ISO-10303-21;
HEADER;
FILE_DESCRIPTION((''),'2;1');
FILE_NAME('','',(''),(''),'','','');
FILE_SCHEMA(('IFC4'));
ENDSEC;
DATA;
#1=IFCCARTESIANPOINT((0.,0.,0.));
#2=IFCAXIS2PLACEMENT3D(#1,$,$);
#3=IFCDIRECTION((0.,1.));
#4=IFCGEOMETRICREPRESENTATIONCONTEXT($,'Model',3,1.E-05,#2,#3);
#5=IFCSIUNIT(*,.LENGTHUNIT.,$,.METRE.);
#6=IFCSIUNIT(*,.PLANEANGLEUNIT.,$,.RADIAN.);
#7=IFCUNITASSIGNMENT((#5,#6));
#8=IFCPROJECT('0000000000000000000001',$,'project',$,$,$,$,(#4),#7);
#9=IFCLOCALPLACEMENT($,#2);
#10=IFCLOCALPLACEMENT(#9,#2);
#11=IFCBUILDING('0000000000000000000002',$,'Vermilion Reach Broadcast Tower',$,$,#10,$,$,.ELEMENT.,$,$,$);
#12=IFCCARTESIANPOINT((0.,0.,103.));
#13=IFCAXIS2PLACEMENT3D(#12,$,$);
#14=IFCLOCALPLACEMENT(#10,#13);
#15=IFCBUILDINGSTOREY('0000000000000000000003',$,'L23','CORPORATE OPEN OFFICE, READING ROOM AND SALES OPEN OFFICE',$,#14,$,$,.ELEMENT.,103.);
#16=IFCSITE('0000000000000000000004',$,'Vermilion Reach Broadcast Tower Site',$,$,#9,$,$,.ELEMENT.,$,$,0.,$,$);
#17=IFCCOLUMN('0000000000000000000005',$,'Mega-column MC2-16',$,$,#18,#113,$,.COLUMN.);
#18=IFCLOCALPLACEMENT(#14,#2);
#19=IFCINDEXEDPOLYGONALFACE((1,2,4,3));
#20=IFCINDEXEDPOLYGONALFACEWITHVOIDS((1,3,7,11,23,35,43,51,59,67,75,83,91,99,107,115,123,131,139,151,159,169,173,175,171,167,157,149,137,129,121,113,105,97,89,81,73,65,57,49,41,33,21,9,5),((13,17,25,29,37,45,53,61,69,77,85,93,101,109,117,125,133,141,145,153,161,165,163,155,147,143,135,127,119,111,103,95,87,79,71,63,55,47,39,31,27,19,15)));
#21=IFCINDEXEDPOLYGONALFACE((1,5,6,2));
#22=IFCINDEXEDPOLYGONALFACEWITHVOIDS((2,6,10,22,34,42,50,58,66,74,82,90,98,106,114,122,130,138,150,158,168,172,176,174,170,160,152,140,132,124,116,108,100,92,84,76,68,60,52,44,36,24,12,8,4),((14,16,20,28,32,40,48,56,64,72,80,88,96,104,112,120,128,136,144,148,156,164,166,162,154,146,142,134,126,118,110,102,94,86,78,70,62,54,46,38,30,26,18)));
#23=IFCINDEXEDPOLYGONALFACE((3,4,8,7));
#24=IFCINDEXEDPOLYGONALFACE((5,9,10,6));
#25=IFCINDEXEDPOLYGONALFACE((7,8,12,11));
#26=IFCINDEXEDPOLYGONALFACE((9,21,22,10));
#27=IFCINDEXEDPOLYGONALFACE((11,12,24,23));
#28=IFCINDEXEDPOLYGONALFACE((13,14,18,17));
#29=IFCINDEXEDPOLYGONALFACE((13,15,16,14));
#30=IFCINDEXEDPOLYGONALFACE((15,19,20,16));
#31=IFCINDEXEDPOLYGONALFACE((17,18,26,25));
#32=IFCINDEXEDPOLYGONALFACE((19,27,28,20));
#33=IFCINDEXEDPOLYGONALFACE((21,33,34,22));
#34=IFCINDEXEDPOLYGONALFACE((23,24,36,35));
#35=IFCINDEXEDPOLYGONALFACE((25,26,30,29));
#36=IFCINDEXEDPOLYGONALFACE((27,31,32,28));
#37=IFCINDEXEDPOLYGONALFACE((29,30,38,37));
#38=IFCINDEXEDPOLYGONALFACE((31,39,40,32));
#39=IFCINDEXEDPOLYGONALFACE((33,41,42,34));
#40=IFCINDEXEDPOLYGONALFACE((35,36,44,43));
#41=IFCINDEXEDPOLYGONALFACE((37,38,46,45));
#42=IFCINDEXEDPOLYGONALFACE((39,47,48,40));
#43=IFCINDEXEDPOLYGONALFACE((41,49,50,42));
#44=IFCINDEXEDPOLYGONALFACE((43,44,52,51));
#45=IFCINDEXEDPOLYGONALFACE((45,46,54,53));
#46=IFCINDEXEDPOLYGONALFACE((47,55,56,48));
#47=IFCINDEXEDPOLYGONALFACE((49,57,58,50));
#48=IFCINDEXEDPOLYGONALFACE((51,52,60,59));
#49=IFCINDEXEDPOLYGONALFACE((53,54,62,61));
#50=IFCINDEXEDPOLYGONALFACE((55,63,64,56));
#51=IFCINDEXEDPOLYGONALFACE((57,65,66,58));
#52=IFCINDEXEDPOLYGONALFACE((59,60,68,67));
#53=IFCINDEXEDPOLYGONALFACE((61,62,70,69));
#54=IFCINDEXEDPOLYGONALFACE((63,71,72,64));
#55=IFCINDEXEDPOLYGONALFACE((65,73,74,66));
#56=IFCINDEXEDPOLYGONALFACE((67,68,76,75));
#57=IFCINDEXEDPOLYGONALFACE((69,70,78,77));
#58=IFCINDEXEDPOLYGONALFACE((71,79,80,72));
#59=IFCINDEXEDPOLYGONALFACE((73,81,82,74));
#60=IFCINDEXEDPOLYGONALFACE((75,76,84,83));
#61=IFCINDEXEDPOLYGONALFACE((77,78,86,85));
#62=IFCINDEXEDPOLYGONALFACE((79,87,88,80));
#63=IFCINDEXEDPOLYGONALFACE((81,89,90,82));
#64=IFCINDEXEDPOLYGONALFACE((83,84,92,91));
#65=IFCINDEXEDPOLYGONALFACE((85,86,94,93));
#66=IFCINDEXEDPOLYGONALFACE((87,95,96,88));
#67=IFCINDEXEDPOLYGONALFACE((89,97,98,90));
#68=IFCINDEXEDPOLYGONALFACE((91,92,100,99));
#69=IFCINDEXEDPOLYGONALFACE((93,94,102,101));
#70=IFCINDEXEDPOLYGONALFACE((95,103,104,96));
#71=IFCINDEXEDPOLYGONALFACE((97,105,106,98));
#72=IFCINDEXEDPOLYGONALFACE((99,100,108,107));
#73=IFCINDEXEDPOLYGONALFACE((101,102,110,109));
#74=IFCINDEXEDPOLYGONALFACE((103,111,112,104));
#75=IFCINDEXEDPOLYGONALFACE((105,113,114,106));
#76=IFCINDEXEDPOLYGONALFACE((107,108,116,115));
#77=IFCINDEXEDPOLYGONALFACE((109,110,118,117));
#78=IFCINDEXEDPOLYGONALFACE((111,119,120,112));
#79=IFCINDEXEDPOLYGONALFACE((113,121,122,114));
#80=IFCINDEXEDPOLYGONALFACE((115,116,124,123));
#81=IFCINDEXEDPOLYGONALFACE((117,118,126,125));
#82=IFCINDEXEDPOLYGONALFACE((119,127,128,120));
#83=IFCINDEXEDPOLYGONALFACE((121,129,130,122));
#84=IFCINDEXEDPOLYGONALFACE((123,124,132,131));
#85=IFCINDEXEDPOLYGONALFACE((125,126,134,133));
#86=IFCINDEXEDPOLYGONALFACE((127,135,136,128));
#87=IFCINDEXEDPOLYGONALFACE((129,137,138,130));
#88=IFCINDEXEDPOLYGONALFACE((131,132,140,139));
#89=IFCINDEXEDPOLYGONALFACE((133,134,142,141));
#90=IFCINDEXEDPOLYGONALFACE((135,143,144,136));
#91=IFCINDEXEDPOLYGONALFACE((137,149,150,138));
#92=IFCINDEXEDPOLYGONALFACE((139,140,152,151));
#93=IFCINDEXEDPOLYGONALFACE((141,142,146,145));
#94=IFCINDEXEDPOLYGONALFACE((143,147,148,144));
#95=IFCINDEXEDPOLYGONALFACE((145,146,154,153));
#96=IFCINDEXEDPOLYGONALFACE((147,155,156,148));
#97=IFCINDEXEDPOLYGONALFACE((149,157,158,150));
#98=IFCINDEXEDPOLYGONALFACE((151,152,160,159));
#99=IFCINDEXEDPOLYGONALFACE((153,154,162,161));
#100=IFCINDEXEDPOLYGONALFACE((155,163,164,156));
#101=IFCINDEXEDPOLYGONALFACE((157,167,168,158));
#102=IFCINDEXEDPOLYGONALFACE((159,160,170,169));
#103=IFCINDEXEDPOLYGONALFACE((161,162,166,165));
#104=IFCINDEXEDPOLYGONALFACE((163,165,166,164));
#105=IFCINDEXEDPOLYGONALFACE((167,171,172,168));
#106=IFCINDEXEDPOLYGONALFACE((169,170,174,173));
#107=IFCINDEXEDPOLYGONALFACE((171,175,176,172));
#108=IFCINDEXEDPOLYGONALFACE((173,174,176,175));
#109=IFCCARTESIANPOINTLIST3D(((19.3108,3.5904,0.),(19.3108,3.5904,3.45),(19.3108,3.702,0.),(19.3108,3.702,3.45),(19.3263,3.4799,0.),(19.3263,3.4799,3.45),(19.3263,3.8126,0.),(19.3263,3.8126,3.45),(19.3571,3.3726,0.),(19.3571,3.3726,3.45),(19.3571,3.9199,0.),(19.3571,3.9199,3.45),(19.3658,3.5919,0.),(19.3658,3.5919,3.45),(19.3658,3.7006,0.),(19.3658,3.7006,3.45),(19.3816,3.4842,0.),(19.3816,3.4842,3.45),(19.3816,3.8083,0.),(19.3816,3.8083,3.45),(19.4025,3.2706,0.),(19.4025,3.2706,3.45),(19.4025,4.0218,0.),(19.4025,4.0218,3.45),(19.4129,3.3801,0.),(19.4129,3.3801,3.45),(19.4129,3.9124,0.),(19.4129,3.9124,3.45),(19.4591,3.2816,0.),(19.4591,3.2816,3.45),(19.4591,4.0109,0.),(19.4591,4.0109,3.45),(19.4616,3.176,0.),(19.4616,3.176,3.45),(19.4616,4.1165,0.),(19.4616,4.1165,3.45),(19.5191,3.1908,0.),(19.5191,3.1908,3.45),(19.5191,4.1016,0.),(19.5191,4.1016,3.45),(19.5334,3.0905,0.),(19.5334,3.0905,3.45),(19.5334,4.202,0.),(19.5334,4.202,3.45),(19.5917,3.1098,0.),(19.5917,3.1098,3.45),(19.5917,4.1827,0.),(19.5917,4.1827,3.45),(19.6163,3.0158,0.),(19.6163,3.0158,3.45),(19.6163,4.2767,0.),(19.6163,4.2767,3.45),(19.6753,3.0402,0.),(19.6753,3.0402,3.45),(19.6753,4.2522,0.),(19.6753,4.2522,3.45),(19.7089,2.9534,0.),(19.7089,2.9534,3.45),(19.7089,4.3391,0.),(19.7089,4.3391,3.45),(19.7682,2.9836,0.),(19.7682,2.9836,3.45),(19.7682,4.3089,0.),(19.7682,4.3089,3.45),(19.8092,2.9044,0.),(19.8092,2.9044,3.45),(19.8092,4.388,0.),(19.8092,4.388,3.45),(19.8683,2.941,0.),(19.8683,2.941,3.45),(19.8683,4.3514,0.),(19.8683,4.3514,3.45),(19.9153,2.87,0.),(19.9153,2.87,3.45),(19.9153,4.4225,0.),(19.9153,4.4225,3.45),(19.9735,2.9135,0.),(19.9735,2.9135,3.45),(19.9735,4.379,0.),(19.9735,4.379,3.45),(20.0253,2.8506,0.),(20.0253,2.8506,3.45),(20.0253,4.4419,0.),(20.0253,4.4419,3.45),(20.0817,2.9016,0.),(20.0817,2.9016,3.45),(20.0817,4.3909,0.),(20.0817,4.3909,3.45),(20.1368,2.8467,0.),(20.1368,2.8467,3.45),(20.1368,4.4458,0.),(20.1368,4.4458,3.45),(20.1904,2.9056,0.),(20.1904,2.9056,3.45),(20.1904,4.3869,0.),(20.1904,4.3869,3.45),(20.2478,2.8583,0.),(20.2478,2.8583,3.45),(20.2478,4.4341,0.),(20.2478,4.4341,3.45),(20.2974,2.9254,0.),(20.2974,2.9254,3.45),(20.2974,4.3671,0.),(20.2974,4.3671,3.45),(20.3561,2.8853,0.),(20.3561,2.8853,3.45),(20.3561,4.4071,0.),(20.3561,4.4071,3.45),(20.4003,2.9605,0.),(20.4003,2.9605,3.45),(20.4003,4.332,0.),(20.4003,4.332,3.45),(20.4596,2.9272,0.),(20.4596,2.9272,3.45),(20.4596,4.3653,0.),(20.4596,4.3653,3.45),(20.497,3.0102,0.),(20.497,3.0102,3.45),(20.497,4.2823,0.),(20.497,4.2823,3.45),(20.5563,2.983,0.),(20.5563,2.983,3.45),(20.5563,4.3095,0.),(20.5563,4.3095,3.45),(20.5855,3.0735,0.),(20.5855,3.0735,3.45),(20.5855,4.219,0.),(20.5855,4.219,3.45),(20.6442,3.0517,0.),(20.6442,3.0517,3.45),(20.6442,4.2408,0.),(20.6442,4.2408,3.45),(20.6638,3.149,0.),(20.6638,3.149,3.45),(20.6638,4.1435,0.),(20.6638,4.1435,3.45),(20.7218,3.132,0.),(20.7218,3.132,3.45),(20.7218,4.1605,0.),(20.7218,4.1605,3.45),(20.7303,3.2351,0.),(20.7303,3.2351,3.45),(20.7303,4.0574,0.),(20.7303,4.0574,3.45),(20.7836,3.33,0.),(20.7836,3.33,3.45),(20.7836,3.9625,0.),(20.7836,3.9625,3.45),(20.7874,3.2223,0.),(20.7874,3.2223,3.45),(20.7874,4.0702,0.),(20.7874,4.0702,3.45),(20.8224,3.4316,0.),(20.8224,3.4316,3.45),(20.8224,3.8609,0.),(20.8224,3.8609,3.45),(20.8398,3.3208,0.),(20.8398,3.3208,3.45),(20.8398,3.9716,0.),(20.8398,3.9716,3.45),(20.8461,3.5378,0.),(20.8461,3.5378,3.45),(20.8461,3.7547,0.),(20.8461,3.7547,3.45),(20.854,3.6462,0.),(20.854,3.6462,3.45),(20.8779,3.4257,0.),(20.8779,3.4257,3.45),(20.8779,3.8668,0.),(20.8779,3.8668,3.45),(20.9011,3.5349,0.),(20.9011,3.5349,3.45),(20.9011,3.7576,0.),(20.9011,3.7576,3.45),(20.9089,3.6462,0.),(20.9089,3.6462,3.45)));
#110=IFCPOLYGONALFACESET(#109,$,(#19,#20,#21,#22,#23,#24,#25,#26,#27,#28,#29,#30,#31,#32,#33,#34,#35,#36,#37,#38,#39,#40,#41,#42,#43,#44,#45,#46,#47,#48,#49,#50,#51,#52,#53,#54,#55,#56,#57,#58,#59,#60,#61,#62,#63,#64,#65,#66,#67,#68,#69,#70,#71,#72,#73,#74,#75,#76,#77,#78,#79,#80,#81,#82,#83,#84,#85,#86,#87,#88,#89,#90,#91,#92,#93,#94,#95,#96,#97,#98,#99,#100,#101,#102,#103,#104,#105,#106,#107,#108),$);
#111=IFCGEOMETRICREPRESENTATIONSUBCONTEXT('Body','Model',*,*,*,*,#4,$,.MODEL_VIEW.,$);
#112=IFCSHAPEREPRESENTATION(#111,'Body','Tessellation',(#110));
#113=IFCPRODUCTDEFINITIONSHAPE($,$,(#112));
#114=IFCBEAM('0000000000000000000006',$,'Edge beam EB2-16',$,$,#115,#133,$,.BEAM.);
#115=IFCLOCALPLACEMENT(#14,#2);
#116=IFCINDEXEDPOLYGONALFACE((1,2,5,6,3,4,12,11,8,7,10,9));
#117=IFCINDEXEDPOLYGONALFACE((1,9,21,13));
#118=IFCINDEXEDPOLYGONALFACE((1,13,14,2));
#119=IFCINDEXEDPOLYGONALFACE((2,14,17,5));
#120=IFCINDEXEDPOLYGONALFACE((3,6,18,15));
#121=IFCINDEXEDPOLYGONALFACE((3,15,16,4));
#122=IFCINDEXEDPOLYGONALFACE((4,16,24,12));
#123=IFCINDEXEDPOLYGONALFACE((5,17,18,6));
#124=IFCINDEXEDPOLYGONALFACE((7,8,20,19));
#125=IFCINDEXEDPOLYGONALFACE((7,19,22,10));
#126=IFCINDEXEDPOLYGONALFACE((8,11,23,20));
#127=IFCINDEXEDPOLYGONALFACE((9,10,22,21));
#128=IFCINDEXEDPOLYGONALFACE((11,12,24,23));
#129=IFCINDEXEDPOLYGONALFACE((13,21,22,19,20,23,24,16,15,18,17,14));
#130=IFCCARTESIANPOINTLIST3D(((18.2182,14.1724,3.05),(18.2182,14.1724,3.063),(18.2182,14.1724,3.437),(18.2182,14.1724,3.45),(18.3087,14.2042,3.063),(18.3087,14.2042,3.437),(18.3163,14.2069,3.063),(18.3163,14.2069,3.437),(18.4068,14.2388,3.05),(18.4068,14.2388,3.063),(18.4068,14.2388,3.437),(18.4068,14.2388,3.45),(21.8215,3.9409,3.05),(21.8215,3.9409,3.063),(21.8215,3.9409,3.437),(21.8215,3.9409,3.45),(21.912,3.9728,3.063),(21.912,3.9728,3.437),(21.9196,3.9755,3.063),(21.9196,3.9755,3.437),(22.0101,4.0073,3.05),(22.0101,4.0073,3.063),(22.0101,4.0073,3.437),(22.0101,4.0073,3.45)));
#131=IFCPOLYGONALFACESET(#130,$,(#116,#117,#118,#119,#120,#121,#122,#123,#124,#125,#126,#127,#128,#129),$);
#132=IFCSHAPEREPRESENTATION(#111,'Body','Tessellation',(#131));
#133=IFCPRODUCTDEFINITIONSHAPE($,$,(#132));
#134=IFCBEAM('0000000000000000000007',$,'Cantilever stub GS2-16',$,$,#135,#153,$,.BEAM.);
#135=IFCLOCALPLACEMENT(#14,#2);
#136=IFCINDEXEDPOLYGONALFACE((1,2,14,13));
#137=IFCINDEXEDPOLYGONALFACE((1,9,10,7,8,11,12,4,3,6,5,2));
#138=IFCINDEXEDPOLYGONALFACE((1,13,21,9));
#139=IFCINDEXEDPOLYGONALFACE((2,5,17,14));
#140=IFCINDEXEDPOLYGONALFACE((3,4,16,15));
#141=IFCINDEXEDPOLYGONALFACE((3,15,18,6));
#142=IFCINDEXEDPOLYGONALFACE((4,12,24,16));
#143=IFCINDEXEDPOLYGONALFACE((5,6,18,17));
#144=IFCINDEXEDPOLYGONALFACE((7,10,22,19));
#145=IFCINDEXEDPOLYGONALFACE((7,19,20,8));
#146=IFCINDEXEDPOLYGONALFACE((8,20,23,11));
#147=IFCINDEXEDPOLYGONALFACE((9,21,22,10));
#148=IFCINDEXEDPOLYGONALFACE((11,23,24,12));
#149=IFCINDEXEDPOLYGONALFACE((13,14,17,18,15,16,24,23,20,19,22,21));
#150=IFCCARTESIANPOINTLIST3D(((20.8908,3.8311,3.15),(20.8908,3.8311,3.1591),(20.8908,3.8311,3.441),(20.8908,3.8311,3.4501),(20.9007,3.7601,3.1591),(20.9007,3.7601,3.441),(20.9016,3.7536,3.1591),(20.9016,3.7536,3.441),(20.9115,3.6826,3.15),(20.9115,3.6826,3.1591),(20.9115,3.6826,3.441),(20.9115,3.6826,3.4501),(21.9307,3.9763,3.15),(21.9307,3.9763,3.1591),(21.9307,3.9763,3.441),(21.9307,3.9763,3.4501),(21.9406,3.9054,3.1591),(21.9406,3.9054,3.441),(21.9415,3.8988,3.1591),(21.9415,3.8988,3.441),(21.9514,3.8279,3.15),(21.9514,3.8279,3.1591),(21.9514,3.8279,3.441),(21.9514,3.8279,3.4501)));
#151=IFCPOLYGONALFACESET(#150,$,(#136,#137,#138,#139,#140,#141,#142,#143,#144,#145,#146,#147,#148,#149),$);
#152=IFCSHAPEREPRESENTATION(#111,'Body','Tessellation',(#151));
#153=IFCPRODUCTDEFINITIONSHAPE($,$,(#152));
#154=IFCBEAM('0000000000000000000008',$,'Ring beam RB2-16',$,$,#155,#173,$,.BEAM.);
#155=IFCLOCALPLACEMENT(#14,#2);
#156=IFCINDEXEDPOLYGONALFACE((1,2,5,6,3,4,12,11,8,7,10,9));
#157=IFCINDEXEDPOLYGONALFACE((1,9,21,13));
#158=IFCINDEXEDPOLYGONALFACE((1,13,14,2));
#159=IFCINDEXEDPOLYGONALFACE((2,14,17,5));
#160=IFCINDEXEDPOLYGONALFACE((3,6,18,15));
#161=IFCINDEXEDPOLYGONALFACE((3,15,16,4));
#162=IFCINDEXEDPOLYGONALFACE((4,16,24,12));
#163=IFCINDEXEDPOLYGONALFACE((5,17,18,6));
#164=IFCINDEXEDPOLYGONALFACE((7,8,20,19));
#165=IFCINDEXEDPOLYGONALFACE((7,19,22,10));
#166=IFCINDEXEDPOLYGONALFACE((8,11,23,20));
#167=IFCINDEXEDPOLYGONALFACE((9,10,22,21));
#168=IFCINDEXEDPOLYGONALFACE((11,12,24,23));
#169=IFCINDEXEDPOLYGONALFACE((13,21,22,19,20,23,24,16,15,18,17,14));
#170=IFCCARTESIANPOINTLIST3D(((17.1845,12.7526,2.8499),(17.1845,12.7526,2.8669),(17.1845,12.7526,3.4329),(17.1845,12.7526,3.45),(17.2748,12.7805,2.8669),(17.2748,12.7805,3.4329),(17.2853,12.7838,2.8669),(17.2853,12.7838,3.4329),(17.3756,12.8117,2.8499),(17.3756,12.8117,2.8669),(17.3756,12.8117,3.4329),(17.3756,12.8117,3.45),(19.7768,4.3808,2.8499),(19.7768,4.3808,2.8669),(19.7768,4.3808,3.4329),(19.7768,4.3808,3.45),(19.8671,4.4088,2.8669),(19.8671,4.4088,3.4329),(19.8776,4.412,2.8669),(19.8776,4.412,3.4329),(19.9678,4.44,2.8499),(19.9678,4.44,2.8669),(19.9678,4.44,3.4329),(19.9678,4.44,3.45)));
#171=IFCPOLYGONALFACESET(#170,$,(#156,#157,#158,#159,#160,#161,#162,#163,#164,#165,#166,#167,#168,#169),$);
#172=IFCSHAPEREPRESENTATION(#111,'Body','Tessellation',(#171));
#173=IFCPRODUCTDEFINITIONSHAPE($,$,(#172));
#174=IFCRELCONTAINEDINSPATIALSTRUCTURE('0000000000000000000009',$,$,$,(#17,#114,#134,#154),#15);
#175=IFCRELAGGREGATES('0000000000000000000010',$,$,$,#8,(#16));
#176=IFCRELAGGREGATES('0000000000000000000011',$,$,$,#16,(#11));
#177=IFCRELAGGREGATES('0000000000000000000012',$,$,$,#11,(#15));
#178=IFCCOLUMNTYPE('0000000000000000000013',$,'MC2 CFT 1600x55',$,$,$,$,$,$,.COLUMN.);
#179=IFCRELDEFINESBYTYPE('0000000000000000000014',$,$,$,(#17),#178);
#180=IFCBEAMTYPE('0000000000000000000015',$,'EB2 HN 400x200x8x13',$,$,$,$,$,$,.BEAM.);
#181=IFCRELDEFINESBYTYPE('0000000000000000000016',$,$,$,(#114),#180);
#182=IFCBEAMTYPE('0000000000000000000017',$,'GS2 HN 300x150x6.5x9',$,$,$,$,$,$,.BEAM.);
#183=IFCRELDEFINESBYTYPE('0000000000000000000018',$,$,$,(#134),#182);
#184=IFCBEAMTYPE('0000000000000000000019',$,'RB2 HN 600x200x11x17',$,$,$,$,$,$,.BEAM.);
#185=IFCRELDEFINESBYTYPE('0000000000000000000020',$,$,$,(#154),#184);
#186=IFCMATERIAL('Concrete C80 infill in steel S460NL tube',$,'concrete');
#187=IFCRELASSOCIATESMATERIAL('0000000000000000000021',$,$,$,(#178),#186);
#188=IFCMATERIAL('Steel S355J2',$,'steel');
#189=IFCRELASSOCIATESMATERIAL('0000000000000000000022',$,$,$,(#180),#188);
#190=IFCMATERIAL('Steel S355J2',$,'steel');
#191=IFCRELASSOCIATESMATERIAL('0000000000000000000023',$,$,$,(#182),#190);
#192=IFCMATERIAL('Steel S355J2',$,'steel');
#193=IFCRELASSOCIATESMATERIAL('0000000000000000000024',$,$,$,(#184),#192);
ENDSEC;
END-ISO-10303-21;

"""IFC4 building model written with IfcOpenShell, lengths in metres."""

from ifc_helpers import new_model, si_unit, direction, frame, origin, origin_2d, place, context, subcontext, project, spatial, hollow_circle, i_section, extrude, material, material_profile, profile_set, type_object, element, save


model = new_model("IFC4")

# Units and contexts
model_context = context("Model", 3, precision=1e-05, world=origin(), true_north=direction((0.0, 1.0)))
body_context = subcontext(model_context, "Body", "Model", "MODEL_VIEW")
ifc_project = project(units=[si_unit("LENGTHUNIT", "METRE"), si_unit("PLANEANGLEUNIT", "RADIAN")], contexts=[model_context])

# Site, building, storey
site_placement = place(None, origin())
site = spatial("IfcSite", under=ifc_project, at=site_placement, Name="Vermilion Reach Broadcast Tower Site", CompositionType="ELEMENT", RefElevation=0.0)
building_placement = place(site_placement, origin())
building = spatial("IfcBuilding", under=site, at=building_placement, Name="Vermilion Reach Broadcast Tower", CompositionType="ELEMENT")
storey_placement = place(building_placement, frame((0.0, 0.0, 103.0)))
storey = spatial("IfcBuildingStorey", under=building, at=storey_placement, Name="L23", Description="CORPORATE OPEN OFFICE, READING ROOM AND SALES OPEN OFFICE", CompositionType="ELEMENT", Elevation=103.0)

# Column
ifc_material_1 = material(Name="Concrete C80 infill in steel S460NL tube", Category="concrete")
ifc_material_profile_1 = material_profile(ifc_material_1, hollow_circle(Radius=0.8, WallThickness=0.0549, at=origin_2d()), Name="Concrete C80 infill in steel S460NL tube CFT 1600x55")
ifc_profile_set_1 = profile_set([ifc_material_profile_1], Name="Concrete C80 infill in steel S460NL tube")
column_type = type_object("IfcColumnType", Name="MC2 CFT 1600x55", PredefinedType="COLUMN", material=ifc_profile_set_1)
column_placement = place(storey_placement, frame((20.1089, 3.6462, 0.0), z_axis=(0.0, 0.0, 1.0), x_axis=(1.0, 0.0, 0.0)))
element("IfcColumn", 1, at=column_placement, inside=storey, type_object=column_type, Name="Mega-column MC2-16", PredefinedType="COLUMN", context=body_context, shape_type="SweptSolid", body=[
    extrude(hollow_circle(Radius=0.8, WallThickness=0.0549, at=origin_2d()), origin(), (0.0, 0.0, 1.0), 3.45),
])

# Beams
ifc_material_2 = material(Name="Steel S355J2", Category="steel")
ifc_material_profile_2 = material_profile(ifc_material_2, i_section(OverallWidth=0.2, OverallDepth=0.3999, WebThickness=0.0081, FlangeThickness=0.0129, at=origin_2d()), Name="S355J2 HN 400x200x8x13")
ifc_profile_set_2 = profile_set([ifc_material_profile_2], Name="Steel S355J2")
beam_type_1 = type_object("IfcBeamType", Name="EB2 HN 400x200x8x13", PredefinedType="BEAM", material=ifc_profile_set_2)
beam_1_placement = place(storey_placement, frame((21.9158, 3.9741, 3.25), z_axis=(-0.332178, 0.943217, 0.0), x_axis=(-0.943217, -0.332178, 0.0)))
element("IfcBeam", 2, at=beam_1_placement, inside=storey, type_object=beam_type_1, Name="Edge beam EB2-16", PredefinedType="BEAM", context=body_context, shape_type="SweptSolid", body=[
    extrude(i_section(OverallWidth=0.2, OverallDepth=0.3999, WebThickness=0.0081, FlangeThickness=0.0129, at=origin_2d()), origin(), (0.0, 0.0, 1.0), 10.8474),
])
ifc_material_3 = material(Name="Steel S355J2", Category="steel")
ifc_material_profile_3 = material_profile(ifc_material_3, i_section(OverallWidth=0.1499, OverallDepth=0.3, WebThickness=0.0066, FlangeThickness=0.009, at=origin_2d()), Name="S355J2 HN 300x150x6.5x9")
ifc_profile_set_3 = profile_set([ifc_material_profile_3], Name="Steel S355J2")
beam_type_2 = type_object("IfcBeamType", Name="GS2 HN 300x150x6.5x9", PredefinedType="BEAM", material=ifc_profile_set_3)
beam_2_placement = place(storey_placement, frame((20.9011, 3.7568, 3.3), z_axis=(0.990386, 0.138329, 0.0), x_axis=(-0.138329, 0.990386, 0.0)))
element("IfcBeam", 3, at=beam_2_placement, inside=storey, type_object=beam_type_2, Name="Cantilever stub GS2-16", PredefinedType="BEAM", context=body_context, shape_type="SweptSolid", body=[
    extrude(i_section(OverallWidth=0.1499, OverallDepth=0.3, WebThickness=0.0066, FlangeThickness=0.009, at=origin_2d()), origin(), (0.0, 0.0, 1.0), 1.05),
])
ifc_material_4 = material(Name="Steel S355J2", Category="steel")
ifc_material_profile_4 = material_profile(ifc_material_4, i_section(OverallWidth=0.2, OverallDepth=0.6001, WebThickness=0.011, FlangeThickness=0.0171, at=origin_2d()), Name="S355J2 HN 600x200x11x17")
ifc_profile_set_4 = profile_set([ifc_material_profile_4], Name="Steel S355J2")
beam_type_3 = type_object("IfcBeamType", Name="RB2 HN 600x200x11x17", PredefinedType="BEAM", material=ifc_profile_set_4)
beam_3_placement = place(storey_placement, frame((19.8723, 4.4104, 3.1499), z_axis=(-0.295788, 0.955253, 0.0), x_axis=(-0.955253, -0.295788, 0.0)))
element("IfcBeam", 4, at=beam_3_placement, inside=storey, type_object=beam_type_3, Name="Ring beam RB2-16", PredefinedType="BEAM", context=body_context, shape_type="SweptSolid", body=[
    extrude(i_section(OverallWidth=0.2, OverallDepth=0.6001, WebThickness=0.011, FlangeThickness=0.0171, at=origin_2d()), origin(), (0.0, 0.0, 1.0), 8.7639),
])

save(model, "model.ifc")
